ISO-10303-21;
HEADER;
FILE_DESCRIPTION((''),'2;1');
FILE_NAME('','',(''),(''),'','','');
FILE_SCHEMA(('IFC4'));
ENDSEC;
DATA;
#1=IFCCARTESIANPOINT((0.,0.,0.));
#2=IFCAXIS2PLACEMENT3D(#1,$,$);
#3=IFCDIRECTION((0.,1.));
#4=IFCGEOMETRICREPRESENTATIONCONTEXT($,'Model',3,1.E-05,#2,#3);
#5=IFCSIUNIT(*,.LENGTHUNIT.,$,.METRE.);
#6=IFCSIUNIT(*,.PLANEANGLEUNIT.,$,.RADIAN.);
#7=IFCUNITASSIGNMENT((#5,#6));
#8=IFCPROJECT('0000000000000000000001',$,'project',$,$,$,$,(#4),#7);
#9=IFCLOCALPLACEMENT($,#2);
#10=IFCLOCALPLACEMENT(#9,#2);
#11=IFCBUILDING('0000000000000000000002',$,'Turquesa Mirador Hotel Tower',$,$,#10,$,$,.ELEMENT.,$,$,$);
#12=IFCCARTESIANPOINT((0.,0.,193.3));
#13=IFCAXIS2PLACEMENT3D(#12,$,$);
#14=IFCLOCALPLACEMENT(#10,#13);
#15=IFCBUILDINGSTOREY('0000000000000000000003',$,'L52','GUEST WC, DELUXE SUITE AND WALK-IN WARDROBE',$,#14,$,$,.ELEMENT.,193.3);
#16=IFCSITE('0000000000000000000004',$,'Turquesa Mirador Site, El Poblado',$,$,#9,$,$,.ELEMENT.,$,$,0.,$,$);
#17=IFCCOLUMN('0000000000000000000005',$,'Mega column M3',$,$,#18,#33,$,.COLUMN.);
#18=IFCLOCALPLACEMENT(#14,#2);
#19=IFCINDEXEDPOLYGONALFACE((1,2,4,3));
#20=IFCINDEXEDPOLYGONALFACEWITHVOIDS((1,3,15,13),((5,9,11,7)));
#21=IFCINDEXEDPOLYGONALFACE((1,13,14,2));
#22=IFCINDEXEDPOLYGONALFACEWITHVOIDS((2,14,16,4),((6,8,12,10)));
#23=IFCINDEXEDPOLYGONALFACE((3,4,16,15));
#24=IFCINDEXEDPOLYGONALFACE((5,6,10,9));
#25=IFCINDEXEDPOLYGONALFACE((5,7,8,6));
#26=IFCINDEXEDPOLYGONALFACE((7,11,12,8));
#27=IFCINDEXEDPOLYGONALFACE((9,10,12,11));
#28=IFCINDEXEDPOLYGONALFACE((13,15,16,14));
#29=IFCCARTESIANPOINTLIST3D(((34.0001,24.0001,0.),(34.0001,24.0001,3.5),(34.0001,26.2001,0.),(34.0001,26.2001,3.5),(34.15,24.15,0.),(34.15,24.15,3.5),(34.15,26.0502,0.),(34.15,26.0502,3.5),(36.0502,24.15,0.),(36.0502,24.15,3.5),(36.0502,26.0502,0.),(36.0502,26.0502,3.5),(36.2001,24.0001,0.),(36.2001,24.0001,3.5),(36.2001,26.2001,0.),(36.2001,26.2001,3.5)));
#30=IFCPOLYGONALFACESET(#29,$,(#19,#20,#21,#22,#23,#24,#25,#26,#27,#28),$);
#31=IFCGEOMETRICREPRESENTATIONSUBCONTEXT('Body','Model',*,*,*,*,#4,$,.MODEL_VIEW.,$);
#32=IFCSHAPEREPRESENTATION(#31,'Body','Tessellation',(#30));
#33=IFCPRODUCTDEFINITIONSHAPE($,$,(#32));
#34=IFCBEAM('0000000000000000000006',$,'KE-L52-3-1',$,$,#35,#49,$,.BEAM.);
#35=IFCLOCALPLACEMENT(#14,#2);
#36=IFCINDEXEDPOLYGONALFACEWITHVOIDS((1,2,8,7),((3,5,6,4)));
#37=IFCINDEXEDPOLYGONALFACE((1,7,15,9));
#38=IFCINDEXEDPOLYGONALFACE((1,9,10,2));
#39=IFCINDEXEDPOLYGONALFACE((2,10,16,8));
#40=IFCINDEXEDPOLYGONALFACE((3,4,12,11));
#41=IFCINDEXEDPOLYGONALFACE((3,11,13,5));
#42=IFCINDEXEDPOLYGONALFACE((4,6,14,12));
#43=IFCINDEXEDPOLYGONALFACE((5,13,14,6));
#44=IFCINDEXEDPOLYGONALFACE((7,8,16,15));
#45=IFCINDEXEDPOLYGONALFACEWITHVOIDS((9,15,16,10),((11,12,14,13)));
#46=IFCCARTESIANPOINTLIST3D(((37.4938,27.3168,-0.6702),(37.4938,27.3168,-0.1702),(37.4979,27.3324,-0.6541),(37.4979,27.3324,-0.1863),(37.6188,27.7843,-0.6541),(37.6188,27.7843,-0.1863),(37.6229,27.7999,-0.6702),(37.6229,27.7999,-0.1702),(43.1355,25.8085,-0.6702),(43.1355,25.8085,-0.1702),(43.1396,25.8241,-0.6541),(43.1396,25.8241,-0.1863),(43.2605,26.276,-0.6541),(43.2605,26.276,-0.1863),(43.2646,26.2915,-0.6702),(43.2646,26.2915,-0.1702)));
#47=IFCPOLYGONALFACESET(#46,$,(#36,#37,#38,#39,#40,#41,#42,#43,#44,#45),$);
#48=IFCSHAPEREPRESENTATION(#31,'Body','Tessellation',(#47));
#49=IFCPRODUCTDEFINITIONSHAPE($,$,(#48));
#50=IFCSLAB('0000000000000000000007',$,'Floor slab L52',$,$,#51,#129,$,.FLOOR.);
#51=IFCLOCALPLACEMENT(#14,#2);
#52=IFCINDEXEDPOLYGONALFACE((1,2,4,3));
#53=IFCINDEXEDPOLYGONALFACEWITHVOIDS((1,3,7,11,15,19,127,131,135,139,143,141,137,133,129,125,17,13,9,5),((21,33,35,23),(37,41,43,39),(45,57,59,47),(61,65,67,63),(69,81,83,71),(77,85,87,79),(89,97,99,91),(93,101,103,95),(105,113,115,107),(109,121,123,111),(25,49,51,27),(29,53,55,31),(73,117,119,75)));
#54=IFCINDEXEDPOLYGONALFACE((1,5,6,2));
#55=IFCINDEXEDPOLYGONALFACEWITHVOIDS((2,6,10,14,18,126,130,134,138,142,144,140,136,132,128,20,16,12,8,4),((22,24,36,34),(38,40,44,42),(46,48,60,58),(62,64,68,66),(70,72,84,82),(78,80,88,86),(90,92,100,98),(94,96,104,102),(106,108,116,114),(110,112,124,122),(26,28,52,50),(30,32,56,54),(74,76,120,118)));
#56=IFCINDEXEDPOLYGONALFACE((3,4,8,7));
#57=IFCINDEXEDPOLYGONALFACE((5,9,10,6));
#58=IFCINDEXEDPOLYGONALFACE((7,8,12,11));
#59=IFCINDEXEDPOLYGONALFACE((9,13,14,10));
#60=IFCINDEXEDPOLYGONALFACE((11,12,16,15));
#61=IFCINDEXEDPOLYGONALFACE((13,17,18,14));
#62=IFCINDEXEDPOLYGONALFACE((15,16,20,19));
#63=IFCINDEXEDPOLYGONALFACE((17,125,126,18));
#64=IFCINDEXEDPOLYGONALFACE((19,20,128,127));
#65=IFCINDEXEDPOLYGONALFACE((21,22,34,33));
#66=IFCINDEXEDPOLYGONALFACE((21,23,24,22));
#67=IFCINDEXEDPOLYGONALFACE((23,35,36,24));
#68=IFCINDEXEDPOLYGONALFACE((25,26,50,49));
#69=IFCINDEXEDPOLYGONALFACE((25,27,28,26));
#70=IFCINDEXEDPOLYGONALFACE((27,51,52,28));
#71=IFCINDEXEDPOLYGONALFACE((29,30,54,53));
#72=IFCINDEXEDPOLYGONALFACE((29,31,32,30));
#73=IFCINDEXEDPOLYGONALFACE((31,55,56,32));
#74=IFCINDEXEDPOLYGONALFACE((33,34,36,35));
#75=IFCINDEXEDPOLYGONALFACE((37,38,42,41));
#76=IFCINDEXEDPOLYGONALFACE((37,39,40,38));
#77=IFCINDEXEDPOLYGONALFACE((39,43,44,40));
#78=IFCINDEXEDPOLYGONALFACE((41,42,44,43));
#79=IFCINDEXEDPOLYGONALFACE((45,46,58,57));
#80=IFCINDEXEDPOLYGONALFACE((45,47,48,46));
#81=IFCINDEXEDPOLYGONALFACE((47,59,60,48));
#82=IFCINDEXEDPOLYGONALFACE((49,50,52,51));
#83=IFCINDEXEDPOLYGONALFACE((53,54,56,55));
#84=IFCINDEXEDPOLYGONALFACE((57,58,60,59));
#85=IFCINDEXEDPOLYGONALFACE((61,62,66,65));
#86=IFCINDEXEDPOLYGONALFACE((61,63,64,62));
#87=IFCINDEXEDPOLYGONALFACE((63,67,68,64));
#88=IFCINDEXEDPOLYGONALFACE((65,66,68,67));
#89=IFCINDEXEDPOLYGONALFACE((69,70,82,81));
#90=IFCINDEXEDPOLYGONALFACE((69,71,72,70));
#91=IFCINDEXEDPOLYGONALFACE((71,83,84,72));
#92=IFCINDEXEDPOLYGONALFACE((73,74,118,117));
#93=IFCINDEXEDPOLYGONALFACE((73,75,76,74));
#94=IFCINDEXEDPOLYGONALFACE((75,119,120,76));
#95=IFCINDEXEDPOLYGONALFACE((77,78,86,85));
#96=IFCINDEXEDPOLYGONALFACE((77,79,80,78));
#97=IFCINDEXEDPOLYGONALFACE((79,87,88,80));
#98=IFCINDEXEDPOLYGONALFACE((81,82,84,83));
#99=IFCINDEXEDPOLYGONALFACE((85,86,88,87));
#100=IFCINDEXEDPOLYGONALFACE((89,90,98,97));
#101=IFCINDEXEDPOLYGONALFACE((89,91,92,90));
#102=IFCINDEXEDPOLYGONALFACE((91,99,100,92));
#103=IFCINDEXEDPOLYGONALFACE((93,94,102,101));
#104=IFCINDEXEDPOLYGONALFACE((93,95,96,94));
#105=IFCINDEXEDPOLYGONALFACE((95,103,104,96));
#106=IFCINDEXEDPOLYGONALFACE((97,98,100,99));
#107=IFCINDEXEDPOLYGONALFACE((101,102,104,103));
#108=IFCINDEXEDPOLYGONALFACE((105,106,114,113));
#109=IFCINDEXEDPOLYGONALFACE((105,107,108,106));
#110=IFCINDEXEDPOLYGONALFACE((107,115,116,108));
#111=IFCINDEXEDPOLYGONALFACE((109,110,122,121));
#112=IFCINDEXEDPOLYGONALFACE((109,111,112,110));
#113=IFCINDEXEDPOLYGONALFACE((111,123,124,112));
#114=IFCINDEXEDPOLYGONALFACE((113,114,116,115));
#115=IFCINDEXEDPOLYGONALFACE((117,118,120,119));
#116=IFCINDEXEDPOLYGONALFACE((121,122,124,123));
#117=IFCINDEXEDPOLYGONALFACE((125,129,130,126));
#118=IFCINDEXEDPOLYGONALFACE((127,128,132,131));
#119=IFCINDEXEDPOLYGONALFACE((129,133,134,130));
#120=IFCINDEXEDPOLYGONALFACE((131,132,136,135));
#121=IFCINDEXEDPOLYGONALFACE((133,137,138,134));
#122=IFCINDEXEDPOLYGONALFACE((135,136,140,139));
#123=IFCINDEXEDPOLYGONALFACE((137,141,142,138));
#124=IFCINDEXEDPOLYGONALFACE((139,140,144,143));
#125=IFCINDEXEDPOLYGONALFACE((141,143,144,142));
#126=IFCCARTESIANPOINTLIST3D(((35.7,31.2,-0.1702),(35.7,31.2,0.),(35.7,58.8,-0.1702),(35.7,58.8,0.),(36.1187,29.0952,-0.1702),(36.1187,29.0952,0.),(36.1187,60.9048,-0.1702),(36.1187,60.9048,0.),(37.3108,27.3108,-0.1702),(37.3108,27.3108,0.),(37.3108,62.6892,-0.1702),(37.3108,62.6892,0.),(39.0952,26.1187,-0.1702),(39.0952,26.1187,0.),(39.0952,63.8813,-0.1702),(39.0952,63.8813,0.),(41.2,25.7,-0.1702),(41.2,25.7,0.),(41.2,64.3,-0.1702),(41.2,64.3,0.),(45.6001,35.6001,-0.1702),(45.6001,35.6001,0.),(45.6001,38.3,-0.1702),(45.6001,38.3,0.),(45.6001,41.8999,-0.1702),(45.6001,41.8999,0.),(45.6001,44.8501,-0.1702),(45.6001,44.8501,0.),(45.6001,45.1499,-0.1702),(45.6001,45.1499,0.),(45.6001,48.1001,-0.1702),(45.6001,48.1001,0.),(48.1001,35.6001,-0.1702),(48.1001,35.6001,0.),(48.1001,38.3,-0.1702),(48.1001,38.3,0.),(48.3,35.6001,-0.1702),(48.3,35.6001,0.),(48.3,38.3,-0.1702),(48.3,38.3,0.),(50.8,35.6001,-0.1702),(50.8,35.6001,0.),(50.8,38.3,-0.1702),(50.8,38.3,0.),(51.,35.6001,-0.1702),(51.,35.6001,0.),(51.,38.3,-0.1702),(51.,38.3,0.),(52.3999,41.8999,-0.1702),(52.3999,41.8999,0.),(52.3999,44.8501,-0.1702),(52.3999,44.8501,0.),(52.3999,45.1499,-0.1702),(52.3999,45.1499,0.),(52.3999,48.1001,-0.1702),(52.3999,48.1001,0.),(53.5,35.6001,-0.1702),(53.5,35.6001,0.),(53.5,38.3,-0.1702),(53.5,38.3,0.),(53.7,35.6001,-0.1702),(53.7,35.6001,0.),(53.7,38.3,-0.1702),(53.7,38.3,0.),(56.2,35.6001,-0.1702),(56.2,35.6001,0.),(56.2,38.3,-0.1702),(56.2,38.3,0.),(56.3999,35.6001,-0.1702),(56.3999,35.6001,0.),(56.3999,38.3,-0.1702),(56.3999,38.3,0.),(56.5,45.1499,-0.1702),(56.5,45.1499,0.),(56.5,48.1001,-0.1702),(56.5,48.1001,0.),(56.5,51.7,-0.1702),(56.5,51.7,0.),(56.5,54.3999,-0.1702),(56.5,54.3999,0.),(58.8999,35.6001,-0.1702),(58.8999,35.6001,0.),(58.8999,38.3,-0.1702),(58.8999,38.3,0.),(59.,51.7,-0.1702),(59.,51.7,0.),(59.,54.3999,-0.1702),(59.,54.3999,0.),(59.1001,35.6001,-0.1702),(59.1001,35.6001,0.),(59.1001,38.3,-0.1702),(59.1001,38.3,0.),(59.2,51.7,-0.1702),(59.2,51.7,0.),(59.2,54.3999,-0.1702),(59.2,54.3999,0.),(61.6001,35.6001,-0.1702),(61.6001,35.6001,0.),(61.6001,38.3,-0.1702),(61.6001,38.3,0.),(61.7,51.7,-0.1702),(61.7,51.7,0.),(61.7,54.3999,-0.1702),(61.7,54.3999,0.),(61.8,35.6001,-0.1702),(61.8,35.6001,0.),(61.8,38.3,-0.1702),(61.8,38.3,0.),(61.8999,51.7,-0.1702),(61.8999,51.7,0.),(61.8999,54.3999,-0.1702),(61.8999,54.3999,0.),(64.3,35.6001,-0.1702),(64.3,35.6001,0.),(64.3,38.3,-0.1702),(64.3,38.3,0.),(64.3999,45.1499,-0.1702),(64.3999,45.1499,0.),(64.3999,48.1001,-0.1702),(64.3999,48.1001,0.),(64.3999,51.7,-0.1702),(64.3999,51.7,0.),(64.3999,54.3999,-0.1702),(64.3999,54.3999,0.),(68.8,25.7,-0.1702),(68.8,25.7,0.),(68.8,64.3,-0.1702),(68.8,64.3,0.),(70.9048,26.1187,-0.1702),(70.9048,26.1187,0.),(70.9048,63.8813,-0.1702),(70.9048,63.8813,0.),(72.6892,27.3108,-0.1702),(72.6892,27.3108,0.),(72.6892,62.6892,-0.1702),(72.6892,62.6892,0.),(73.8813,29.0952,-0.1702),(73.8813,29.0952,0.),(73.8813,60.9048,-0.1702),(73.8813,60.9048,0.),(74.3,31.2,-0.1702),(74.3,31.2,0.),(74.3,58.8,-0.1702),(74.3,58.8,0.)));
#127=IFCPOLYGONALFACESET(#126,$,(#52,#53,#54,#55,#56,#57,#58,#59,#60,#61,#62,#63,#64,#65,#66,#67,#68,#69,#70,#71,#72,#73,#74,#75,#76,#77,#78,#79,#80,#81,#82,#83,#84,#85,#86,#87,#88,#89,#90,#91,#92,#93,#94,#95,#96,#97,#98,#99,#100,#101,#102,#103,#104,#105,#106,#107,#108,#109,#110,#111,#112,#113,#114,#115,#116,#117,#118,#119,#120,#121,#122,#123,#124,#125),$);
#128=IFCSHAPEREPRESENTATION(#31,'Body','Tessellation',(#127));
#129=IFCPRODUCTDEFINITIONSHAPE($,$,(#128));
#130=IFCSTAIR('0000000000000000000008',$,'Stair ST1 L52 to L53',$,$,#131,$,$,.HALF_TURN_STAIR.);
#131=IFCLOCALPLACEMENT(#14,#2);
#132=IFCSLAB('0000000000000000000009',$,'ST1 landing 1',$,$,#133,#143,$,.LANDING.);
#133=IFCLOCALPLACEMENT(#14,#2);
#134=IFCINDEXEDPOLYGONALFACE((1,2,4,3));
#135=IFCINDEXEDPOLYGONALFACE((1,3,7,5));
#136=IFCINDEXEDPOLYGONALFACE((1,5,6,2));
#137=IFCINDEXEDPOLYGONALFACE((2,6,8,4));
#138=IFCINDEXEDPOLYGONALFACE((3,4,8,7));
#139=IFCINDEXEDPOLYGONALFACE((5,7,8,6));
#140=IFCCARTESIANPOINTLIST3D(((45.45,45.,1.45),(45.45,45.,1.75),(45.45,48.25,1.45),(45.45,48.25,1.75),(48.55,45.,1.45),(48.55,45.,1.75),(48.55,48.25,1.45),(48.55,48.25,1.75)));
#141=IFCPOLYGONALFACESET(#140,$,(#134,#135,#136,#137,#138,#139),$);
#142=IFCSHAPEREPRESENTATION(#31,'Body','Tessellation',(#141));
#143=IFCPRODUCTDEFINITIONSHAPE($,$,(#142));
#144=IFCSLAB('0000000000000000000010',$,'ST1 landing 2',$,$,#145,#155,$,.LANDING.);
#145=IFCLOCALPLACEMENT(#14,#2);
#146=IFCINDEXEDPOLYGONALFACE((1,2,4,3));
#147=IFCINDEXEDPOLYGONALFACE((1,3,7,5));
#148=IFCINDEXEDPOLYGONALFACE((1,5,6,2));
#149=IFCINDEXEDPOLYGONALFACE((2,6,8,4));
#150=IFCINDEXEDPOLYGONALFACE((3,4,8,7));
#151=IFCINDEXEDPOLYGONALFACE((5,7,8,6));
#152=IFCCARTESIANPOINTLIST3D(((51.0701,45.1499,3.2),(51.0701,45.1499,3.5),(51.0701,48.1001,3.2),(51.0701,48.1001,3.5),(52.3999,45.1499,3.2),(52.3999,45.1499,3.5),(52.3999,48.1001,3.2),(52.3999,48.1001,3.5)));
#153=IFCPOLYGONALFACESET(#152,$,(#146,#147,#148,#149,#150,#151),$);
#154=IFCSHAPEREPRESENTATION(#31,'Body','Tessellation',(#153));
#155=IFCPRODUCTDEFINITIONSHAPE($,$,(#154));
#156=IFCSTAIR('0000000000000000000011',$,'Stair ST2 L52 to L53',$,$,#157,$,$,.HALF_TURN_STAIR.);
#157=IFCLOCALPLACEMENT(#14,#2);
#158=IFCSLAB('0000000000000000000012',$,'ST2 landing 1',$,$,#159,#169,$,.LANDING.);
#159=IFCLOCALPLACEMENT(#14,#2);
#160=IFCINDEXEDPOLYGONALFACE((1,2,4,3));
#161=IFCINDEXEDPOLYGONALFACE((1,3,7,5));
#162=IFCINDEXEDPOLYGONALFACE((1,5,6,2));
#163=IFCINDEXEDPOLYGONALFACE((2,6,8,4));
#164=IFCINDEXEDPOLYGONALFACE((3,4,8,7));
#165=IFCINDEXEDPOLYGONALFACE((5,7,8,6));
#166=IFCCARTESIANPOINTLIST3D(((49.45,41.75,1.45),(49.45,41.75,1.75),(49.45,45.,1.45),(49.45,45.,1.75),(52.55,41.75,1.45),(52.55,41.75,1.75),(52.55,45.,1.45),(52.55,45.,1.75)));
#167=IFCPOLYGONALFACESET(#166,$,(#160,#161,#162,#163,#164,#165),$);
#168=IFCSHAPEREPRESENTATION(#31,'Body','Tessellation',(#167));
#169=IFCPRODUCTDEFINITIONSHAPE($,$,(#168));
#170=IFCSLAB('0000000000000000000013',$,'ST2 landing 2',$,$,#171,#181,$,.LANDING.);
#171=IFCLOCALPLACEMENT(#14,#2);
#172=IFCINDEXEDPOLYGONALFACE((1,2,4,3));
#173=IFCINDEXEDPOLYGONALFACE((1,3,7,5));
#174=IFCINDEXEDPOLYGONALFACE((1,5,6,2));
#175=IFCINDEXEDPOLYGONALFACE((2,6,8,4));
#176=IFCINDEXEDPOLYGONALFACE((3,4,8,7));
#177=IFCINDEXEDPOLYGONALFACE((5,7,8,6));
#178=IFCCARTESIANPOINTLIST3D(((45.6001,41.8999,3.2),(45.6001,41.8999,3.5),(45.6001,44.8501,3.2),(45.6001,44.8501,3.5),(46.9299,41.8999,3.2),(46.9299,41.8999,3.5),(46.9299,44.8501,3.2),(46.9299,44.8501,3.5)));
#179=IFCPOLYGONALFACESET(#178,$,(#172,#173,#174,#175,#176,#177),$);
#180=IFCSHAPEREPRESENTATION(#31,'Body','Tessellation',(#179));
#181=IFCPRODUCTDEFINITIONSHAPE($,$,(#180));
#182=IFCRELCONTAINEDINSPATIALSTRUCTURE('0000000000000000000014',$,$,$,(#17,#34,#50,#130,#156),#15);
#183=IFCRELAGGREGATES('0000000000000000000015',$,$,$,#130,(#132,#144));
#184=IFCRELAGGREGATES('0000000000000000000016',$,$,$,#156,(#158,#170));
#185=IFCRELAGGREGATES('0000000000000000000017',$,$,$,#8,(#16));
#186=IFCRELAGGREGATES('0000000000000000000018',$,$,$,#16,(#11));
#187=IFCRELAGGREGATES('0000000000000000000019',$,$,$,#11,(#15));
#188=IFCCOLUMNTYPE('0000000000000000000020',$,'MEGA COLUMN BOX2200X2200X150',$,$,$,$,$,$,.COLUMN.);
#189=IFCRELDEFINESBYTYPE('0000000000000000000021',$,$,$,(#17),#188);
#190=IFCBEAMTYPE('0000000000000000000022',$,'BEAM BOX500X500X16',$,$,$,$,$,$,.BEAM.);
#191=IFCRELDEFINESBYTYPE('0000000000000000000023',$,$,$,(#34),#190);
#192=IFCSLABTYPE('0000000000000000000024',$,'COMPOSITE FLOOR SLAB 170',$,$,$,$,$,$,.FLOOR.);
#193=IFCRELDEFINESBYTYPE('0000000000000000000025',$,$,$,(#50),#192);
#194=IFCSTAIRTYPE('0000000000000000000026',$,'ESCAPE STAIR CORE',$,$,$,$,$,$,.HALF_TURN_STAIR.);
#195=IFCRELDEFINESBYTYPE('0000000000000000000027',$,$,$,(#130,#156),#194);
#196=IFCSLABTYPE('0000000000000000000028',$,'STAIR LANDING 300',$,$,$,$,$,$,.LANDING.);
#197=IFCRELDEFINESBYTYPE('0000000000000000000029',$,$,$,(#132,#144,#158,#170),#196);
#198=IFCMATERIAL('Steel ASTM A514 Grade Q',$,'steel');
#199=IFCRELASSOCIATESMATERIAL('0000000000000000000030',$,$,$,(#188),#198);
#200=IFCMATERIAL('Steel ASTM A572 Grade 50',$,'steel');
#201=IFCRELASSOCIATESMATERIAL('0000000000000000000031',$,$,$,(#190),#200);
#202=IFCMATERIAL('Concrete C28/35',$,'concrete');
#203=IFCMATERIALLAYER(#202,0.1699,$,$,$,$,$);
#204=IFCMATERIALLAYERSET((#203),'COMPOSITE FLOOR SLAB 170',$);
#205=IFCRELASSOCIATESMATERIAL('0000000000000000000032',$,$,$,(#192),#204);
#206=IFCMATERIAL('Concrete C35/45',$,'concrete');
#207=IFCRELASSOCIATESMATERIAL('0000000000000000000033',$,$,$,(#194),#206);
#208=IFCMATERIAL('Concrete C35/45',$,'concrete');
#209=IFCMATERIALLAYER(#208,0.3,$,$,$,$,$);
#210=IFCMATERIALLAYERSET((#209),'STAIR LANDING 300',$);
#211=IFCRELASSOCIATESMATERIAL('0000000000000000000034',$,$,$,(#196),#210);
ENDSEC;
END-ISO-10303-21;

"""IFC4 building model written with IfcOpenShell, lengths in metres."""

from ifc_helpers import new_model, si_unit, direction, frame, origin, origin_2d, place, context, subcontext, project, spatial, polyline, hollow_rectangle, outline, extrude, material, layer, layer_set, material_profile, profile_set, type_object, element, aggregate, save


model = new_model("IFC4")

# Units and contexts
model_context = context("Model", 3, precision=1e-05, world=origin(), true_north=direction((0.0, 1.0)))
body_context = subcontext(model_context, "Body", "Model", "MODEL_VIEW")
ifc_project = project(units=[si_unit("LENGTHUNIT", "METRE"), si_unit("PLANEANGLEUNIT", "RADIAN")], contexts=[model_context])

# Site, building, storey
site_placement = place(None, origin())
site = spatial("IfcSite", under=ifc_project, at=site_placement, Name="Turquesa Mirador Site, El Poblado", CompositionType="ELEMENT", RefElevation=0.0)
building_placement = place(site_placement, origin())
building = spatial("IfcBuilding", under=site, at=building_placement, Name="Turquesa Mirador Hotel Tower", CompositionType="ELEMENT")
storey_placement = place(building_placement, frame((0.0, 0.0, 193.3)))
storey = spatial("IfcBuildingStorey", under=building, at=storey_placement, Name="L52", Description="GUEST WC, DELUXE SUITE AND WALK-IN WARDROBE", CompositionType="ELEMENT", Elevation=193.3)

# Column
ifc_material_1 = material(Name="Steel ASTM A514 Grade Q", Category="steel")
ifc_material_profile_1 = material_profile(ifc_material_1, hollow_rectangle(XDim=2.2, YDim=2.2, WallThickness=0.1499, at=origin_2d()), Name="BOX2200X2200X150")
ifc_profile_set_1 = profile_set([ifc_material_profile_1], Name="Steel ASTM A514 Grade Q")
column_type = type_object("IfcColumnType", Name="MEGA COLUMN BOX2200X2200X150", PredefinedType="COLUMN", material=ifc_profile_set_1)
column_placement = place(storey_placement, frame((35.1001, 25.1001, 0.0), z_axis=(0.0, 0.0, 1.0), x_axis=(1.0, 0.0, 0.0)))
element("IfcColumn", 1, at=column_placement, inside=storey, type_object=column_type, Name="Mega column M3", PredefinedType="COLUMN", context=body_context, shape_type="SweptSolid", body=[
    extrude(hollow_rectangle(XDim=2.2, YDim=2.2, WallThickness=0.1499, at=origin_2d()), origin(), (0.0, 0.0, 1.0), 3.5),
])

# Beam
ifc_material_2 = material(Name="Steel ASTM A572 Grade 50", Category="steel")
ifc_material_profile_2 = material_profile(ifc_material_2, hollow_rectangle(XDim=0.5, YDim=0.5, WallThickness=0.0161, at=origin_2d()), Name="BOX500X500X16")
ifc_profile_set_2 = profile_set([ifc_material_profile_2], Name="Steel ASTM A572 Grade 50")
beam_type = type_object("IfcBeamType", Name="BEAM BOX500X500X16", PredefinedType="BEAM", material=ifc_profile_set_2)
beam_placement = place(storey_placement, frame((37.5583, 27.5583, -0.4202), z_axis=(0.96607, -0.258282, 0.0), x_axis=(0.258282, 0.96607, 0.0)))
element("IfcBeam", 2, at=beam_placement, inside=storey, type_object=beam_type, Name="KE-L52-3-1", PredefinedType="BEAM", context=body_context, shape_type="SweptSolid", body=[
    extrude(hollow_rectangle(XDim=0.5, YDim=0.5, WallThickness=0.0161, at=origin_2d()), origin(), (0.0, 0.0, 1.0), 5.8398),
])

# Slab
ifc_material_3 = material(Name="Concrete C28/35", Category="concrete")
ifc_layer_1 = layer(ifc_material_3, 0.1699)
ifc_layer_set_1 = layer_set([ifc_layer_1], Name="COMPOSITE FLOOR SLAB 170")
slab_type_1 = type_object("IfcSlabType", Name="COMPOSITE FLOOR SLAB 170", PredefinedType="FLOOR", material=ifc_layer_set_1)
slab_1_placement = place(storey_placement, frame((0.0, 0.0, -0.1702)))
element("IfcSlab", 3, at=slab_1_placement, inside=storey, type_object=slab_type_1, Name="Floor slab L52", PredefinedType="FLOOR", context=body_context, shape_type="SweptSolid", body=[
    extrude(outline(polyline([(68.8, 25.7), (70.9048, 26.1187), (72.6892, 27.3108), (73.8813, 29.0952), (74.3, 31.2), (74.3, 58.8), (73.8813, 60.9048), (72.6892, 62.6892), (70.9048, 63.8813), (68.8, 64.3), (41.2, 64.3), (39.0952, 63.8813), (37.3108, 62.6892), (36.1187, 60.9048), (35.7, 58.8), (35.7, 31.2), (36.1187, 29.0952), (37.3108, 27.3108), (39.0952, 26.1187), (41.2, 25.7), (68.8, 25.7)]), holes=[polyline([(56.5, 51.7), (59.0, 51.7), (59.0, 54.3999), (56.5, 54.3999), (56.5, 51.7)]), polyline([(59.2, 51.7), (61.7, 51.7), (61.7, 54.3999), (59.2, 54.3999), (59.2, 51.7)]), polyline([(45.6001, 35.6001), (48.1001, 35.6001), (48.1001, 38.3), (45.6001, 38.3), (45.6001, 35.6001)]), polyline([(48.3, 35.6001), (50.8, 35.6001), (50.8, 38.3), (48.3, 38.3), (48.3, 35.6001)]), polyline([(51.0, 35.6001), (53.5, 35.6001), (53.5, 38.3), (51.0, 38.3), (51.0, 35.6001)]), polyline([(53.7, 35.6001), (56.2, 35.6001), (56.2, 38.3), (53.7, 38.3), (53.7, 35.6001)]), polyline([(56.3999, 35.6001), (58.8999, 35.6001), (58.8999, 38.3), (56.3999, 38.3), (56.3999, 35.6001)]), polyline([(59.1001, 35.6001), (61.6001, 35.6001), (61.6001, 38.3), (59.1001, 38.3), (59.1001, 35.6001)]), polyline([(61.8, 35.6001), (64.3, 35.6001), (64.3, 38.3), (61.8, 38.3), (61.8, 35.6001)]), polyline([(45.6001, 45.1499), (52.3999, 45.1499), (52.3999, 48.1001), (45.6001, 48.1001), (45.6001, 45.1499)]), polyline([(45.6001, 41.8999), (52.3999, 41.8999), (52.3999, 44.8501), (45.6001, 44.8501), (45.6001, 41.8999)]), polyline([(56.5, 45.1499), (64.3999, 45.1499), (64.3999, 48.1001), (56.5, 48.1001), (56.5, 45.1499)]), polyline([(61.8999, 51.7), (64.3999, 51.7), (64.3999, 54.3999), (61.8999, 54.3999), (61.8999, 51.7)])]), origin(), (0.0, 0.0, 1.0), 0.1702),
])

# Stairs, slabs
ifc_material_4 = material(Name="Concrete C35/45", Category="concrete")
stair_type = type_object("IfcStairType", Name="ESCAPE STAIR CORE", PredefinedType="HALF_TURN_STAIR", material=ifc_material_4)
stair_1_placement = place(storey_placement, origin())
stair_1 = element("IfcStair", 4, at=stair_1_placement, inside=storey, type_object=stair_type, Name="Stair ST1 L52 to L53", PredefinedType="HALF_TURN_STAIR")
ifc_material_5 = material(Name="Concrete C35/45", Category="concrete")
ifc_layer_2 = layer(ifc_material_5, 0.3)
ifc_layer_set_2 = layer_set([ifc_layer_2], Name="STAIR LANDING 300")
slab_type_2 = type_object("IfcSlabType", Name="STAIR LANDING 300", PredefinedType="LANDING", material=ifc_layer_set_2)
slab_2_placement = place(storey_placement, frame((0.0, 0.0, 1.45)))
slab_2 = element("IfcSlab", 5, at=slab_2_placement, type_object=slab_type_2, Name="ST1 landing 1", PredefinedType="LANDING", context=body_context, shape_type="SweptSolid", body=[
    extrude(outline(polyline([(45.45, 45.0), (48.55, 45.0), (48.55, 48.25), (45.45, 48.25), (45.45, 45.0)])), origin(), (0.0, 0.0, 1.0), 0.3),
])
slab_3_placement = place(storey_placement, frame((0.0, 0.0, 3.2)))
slab_3 = element("IfcSlab", 6, at=slab_3_placement, type_object=slab_type_2, Name="ST1 landing 2", PredefinedType="LANDING", context=body_context, shape_type="SweptSolid", body=[
    extrude(outline(polyline([(51.0701, 45.1499), (52.3999, 45.1499), (52.3999, 48.1001), (51.0701, 48.1001), (51.0701, 45.1499)])), origin(), (0.0, 0.0, 1.0), 0.3),
])
aggregate(stair_1, [slab_2, slab_3])
stair_2_placement = place(storey_placement, origin())
stair_2 = element("IfcStair", 7, at=stair_2_placement, inside=storey, type_object=stair_type, Name="Stair ST2 L52 to L53", PredefinedType="HALF_TURN_STAIR")
slab_4_placement = place(storey_placement, frame((0.0, 0.0, 1.45)))
slab_4 = element("IfcSlab", 8, at=slab_4_placement, type_object=slab_type_2, Name="ST2 landing 1", PredefinedType="LANDING", context=body_context, shape_type="SweptSolid", body=[
    extrude(outline(polyline([(52.55, 45.0), (49.45, 45.0), (49.45, 41.75), (52.55, 41.75), (52.55, 45.0)])), origin(), (0.0, 0.0, 1.0), 0.3),
])
slab_5_placement = place(storey_placement, frame((0.0, 0.0, 3.2)))
slab_5 = element("IfcSlab", 9, at=slab_5_placement, type_object=slab_type_2, Name="ST2 landing 2", PredefinedType="LANDING", context=body_context, shape_type="SweptSolid", body=[
    extrude(outline(polyline([(46.9299, 44.8501), (45.6001, 44.8501), (45.6001, 41.8999), (46.9299, 41.8999), (46.9299, 44.8501)])), origin(), (0.0, 0.0, 1.0), 0.3),
])
aggregate(stair_2, [slab_4, slab_5])

save(model, "model.ifc")
